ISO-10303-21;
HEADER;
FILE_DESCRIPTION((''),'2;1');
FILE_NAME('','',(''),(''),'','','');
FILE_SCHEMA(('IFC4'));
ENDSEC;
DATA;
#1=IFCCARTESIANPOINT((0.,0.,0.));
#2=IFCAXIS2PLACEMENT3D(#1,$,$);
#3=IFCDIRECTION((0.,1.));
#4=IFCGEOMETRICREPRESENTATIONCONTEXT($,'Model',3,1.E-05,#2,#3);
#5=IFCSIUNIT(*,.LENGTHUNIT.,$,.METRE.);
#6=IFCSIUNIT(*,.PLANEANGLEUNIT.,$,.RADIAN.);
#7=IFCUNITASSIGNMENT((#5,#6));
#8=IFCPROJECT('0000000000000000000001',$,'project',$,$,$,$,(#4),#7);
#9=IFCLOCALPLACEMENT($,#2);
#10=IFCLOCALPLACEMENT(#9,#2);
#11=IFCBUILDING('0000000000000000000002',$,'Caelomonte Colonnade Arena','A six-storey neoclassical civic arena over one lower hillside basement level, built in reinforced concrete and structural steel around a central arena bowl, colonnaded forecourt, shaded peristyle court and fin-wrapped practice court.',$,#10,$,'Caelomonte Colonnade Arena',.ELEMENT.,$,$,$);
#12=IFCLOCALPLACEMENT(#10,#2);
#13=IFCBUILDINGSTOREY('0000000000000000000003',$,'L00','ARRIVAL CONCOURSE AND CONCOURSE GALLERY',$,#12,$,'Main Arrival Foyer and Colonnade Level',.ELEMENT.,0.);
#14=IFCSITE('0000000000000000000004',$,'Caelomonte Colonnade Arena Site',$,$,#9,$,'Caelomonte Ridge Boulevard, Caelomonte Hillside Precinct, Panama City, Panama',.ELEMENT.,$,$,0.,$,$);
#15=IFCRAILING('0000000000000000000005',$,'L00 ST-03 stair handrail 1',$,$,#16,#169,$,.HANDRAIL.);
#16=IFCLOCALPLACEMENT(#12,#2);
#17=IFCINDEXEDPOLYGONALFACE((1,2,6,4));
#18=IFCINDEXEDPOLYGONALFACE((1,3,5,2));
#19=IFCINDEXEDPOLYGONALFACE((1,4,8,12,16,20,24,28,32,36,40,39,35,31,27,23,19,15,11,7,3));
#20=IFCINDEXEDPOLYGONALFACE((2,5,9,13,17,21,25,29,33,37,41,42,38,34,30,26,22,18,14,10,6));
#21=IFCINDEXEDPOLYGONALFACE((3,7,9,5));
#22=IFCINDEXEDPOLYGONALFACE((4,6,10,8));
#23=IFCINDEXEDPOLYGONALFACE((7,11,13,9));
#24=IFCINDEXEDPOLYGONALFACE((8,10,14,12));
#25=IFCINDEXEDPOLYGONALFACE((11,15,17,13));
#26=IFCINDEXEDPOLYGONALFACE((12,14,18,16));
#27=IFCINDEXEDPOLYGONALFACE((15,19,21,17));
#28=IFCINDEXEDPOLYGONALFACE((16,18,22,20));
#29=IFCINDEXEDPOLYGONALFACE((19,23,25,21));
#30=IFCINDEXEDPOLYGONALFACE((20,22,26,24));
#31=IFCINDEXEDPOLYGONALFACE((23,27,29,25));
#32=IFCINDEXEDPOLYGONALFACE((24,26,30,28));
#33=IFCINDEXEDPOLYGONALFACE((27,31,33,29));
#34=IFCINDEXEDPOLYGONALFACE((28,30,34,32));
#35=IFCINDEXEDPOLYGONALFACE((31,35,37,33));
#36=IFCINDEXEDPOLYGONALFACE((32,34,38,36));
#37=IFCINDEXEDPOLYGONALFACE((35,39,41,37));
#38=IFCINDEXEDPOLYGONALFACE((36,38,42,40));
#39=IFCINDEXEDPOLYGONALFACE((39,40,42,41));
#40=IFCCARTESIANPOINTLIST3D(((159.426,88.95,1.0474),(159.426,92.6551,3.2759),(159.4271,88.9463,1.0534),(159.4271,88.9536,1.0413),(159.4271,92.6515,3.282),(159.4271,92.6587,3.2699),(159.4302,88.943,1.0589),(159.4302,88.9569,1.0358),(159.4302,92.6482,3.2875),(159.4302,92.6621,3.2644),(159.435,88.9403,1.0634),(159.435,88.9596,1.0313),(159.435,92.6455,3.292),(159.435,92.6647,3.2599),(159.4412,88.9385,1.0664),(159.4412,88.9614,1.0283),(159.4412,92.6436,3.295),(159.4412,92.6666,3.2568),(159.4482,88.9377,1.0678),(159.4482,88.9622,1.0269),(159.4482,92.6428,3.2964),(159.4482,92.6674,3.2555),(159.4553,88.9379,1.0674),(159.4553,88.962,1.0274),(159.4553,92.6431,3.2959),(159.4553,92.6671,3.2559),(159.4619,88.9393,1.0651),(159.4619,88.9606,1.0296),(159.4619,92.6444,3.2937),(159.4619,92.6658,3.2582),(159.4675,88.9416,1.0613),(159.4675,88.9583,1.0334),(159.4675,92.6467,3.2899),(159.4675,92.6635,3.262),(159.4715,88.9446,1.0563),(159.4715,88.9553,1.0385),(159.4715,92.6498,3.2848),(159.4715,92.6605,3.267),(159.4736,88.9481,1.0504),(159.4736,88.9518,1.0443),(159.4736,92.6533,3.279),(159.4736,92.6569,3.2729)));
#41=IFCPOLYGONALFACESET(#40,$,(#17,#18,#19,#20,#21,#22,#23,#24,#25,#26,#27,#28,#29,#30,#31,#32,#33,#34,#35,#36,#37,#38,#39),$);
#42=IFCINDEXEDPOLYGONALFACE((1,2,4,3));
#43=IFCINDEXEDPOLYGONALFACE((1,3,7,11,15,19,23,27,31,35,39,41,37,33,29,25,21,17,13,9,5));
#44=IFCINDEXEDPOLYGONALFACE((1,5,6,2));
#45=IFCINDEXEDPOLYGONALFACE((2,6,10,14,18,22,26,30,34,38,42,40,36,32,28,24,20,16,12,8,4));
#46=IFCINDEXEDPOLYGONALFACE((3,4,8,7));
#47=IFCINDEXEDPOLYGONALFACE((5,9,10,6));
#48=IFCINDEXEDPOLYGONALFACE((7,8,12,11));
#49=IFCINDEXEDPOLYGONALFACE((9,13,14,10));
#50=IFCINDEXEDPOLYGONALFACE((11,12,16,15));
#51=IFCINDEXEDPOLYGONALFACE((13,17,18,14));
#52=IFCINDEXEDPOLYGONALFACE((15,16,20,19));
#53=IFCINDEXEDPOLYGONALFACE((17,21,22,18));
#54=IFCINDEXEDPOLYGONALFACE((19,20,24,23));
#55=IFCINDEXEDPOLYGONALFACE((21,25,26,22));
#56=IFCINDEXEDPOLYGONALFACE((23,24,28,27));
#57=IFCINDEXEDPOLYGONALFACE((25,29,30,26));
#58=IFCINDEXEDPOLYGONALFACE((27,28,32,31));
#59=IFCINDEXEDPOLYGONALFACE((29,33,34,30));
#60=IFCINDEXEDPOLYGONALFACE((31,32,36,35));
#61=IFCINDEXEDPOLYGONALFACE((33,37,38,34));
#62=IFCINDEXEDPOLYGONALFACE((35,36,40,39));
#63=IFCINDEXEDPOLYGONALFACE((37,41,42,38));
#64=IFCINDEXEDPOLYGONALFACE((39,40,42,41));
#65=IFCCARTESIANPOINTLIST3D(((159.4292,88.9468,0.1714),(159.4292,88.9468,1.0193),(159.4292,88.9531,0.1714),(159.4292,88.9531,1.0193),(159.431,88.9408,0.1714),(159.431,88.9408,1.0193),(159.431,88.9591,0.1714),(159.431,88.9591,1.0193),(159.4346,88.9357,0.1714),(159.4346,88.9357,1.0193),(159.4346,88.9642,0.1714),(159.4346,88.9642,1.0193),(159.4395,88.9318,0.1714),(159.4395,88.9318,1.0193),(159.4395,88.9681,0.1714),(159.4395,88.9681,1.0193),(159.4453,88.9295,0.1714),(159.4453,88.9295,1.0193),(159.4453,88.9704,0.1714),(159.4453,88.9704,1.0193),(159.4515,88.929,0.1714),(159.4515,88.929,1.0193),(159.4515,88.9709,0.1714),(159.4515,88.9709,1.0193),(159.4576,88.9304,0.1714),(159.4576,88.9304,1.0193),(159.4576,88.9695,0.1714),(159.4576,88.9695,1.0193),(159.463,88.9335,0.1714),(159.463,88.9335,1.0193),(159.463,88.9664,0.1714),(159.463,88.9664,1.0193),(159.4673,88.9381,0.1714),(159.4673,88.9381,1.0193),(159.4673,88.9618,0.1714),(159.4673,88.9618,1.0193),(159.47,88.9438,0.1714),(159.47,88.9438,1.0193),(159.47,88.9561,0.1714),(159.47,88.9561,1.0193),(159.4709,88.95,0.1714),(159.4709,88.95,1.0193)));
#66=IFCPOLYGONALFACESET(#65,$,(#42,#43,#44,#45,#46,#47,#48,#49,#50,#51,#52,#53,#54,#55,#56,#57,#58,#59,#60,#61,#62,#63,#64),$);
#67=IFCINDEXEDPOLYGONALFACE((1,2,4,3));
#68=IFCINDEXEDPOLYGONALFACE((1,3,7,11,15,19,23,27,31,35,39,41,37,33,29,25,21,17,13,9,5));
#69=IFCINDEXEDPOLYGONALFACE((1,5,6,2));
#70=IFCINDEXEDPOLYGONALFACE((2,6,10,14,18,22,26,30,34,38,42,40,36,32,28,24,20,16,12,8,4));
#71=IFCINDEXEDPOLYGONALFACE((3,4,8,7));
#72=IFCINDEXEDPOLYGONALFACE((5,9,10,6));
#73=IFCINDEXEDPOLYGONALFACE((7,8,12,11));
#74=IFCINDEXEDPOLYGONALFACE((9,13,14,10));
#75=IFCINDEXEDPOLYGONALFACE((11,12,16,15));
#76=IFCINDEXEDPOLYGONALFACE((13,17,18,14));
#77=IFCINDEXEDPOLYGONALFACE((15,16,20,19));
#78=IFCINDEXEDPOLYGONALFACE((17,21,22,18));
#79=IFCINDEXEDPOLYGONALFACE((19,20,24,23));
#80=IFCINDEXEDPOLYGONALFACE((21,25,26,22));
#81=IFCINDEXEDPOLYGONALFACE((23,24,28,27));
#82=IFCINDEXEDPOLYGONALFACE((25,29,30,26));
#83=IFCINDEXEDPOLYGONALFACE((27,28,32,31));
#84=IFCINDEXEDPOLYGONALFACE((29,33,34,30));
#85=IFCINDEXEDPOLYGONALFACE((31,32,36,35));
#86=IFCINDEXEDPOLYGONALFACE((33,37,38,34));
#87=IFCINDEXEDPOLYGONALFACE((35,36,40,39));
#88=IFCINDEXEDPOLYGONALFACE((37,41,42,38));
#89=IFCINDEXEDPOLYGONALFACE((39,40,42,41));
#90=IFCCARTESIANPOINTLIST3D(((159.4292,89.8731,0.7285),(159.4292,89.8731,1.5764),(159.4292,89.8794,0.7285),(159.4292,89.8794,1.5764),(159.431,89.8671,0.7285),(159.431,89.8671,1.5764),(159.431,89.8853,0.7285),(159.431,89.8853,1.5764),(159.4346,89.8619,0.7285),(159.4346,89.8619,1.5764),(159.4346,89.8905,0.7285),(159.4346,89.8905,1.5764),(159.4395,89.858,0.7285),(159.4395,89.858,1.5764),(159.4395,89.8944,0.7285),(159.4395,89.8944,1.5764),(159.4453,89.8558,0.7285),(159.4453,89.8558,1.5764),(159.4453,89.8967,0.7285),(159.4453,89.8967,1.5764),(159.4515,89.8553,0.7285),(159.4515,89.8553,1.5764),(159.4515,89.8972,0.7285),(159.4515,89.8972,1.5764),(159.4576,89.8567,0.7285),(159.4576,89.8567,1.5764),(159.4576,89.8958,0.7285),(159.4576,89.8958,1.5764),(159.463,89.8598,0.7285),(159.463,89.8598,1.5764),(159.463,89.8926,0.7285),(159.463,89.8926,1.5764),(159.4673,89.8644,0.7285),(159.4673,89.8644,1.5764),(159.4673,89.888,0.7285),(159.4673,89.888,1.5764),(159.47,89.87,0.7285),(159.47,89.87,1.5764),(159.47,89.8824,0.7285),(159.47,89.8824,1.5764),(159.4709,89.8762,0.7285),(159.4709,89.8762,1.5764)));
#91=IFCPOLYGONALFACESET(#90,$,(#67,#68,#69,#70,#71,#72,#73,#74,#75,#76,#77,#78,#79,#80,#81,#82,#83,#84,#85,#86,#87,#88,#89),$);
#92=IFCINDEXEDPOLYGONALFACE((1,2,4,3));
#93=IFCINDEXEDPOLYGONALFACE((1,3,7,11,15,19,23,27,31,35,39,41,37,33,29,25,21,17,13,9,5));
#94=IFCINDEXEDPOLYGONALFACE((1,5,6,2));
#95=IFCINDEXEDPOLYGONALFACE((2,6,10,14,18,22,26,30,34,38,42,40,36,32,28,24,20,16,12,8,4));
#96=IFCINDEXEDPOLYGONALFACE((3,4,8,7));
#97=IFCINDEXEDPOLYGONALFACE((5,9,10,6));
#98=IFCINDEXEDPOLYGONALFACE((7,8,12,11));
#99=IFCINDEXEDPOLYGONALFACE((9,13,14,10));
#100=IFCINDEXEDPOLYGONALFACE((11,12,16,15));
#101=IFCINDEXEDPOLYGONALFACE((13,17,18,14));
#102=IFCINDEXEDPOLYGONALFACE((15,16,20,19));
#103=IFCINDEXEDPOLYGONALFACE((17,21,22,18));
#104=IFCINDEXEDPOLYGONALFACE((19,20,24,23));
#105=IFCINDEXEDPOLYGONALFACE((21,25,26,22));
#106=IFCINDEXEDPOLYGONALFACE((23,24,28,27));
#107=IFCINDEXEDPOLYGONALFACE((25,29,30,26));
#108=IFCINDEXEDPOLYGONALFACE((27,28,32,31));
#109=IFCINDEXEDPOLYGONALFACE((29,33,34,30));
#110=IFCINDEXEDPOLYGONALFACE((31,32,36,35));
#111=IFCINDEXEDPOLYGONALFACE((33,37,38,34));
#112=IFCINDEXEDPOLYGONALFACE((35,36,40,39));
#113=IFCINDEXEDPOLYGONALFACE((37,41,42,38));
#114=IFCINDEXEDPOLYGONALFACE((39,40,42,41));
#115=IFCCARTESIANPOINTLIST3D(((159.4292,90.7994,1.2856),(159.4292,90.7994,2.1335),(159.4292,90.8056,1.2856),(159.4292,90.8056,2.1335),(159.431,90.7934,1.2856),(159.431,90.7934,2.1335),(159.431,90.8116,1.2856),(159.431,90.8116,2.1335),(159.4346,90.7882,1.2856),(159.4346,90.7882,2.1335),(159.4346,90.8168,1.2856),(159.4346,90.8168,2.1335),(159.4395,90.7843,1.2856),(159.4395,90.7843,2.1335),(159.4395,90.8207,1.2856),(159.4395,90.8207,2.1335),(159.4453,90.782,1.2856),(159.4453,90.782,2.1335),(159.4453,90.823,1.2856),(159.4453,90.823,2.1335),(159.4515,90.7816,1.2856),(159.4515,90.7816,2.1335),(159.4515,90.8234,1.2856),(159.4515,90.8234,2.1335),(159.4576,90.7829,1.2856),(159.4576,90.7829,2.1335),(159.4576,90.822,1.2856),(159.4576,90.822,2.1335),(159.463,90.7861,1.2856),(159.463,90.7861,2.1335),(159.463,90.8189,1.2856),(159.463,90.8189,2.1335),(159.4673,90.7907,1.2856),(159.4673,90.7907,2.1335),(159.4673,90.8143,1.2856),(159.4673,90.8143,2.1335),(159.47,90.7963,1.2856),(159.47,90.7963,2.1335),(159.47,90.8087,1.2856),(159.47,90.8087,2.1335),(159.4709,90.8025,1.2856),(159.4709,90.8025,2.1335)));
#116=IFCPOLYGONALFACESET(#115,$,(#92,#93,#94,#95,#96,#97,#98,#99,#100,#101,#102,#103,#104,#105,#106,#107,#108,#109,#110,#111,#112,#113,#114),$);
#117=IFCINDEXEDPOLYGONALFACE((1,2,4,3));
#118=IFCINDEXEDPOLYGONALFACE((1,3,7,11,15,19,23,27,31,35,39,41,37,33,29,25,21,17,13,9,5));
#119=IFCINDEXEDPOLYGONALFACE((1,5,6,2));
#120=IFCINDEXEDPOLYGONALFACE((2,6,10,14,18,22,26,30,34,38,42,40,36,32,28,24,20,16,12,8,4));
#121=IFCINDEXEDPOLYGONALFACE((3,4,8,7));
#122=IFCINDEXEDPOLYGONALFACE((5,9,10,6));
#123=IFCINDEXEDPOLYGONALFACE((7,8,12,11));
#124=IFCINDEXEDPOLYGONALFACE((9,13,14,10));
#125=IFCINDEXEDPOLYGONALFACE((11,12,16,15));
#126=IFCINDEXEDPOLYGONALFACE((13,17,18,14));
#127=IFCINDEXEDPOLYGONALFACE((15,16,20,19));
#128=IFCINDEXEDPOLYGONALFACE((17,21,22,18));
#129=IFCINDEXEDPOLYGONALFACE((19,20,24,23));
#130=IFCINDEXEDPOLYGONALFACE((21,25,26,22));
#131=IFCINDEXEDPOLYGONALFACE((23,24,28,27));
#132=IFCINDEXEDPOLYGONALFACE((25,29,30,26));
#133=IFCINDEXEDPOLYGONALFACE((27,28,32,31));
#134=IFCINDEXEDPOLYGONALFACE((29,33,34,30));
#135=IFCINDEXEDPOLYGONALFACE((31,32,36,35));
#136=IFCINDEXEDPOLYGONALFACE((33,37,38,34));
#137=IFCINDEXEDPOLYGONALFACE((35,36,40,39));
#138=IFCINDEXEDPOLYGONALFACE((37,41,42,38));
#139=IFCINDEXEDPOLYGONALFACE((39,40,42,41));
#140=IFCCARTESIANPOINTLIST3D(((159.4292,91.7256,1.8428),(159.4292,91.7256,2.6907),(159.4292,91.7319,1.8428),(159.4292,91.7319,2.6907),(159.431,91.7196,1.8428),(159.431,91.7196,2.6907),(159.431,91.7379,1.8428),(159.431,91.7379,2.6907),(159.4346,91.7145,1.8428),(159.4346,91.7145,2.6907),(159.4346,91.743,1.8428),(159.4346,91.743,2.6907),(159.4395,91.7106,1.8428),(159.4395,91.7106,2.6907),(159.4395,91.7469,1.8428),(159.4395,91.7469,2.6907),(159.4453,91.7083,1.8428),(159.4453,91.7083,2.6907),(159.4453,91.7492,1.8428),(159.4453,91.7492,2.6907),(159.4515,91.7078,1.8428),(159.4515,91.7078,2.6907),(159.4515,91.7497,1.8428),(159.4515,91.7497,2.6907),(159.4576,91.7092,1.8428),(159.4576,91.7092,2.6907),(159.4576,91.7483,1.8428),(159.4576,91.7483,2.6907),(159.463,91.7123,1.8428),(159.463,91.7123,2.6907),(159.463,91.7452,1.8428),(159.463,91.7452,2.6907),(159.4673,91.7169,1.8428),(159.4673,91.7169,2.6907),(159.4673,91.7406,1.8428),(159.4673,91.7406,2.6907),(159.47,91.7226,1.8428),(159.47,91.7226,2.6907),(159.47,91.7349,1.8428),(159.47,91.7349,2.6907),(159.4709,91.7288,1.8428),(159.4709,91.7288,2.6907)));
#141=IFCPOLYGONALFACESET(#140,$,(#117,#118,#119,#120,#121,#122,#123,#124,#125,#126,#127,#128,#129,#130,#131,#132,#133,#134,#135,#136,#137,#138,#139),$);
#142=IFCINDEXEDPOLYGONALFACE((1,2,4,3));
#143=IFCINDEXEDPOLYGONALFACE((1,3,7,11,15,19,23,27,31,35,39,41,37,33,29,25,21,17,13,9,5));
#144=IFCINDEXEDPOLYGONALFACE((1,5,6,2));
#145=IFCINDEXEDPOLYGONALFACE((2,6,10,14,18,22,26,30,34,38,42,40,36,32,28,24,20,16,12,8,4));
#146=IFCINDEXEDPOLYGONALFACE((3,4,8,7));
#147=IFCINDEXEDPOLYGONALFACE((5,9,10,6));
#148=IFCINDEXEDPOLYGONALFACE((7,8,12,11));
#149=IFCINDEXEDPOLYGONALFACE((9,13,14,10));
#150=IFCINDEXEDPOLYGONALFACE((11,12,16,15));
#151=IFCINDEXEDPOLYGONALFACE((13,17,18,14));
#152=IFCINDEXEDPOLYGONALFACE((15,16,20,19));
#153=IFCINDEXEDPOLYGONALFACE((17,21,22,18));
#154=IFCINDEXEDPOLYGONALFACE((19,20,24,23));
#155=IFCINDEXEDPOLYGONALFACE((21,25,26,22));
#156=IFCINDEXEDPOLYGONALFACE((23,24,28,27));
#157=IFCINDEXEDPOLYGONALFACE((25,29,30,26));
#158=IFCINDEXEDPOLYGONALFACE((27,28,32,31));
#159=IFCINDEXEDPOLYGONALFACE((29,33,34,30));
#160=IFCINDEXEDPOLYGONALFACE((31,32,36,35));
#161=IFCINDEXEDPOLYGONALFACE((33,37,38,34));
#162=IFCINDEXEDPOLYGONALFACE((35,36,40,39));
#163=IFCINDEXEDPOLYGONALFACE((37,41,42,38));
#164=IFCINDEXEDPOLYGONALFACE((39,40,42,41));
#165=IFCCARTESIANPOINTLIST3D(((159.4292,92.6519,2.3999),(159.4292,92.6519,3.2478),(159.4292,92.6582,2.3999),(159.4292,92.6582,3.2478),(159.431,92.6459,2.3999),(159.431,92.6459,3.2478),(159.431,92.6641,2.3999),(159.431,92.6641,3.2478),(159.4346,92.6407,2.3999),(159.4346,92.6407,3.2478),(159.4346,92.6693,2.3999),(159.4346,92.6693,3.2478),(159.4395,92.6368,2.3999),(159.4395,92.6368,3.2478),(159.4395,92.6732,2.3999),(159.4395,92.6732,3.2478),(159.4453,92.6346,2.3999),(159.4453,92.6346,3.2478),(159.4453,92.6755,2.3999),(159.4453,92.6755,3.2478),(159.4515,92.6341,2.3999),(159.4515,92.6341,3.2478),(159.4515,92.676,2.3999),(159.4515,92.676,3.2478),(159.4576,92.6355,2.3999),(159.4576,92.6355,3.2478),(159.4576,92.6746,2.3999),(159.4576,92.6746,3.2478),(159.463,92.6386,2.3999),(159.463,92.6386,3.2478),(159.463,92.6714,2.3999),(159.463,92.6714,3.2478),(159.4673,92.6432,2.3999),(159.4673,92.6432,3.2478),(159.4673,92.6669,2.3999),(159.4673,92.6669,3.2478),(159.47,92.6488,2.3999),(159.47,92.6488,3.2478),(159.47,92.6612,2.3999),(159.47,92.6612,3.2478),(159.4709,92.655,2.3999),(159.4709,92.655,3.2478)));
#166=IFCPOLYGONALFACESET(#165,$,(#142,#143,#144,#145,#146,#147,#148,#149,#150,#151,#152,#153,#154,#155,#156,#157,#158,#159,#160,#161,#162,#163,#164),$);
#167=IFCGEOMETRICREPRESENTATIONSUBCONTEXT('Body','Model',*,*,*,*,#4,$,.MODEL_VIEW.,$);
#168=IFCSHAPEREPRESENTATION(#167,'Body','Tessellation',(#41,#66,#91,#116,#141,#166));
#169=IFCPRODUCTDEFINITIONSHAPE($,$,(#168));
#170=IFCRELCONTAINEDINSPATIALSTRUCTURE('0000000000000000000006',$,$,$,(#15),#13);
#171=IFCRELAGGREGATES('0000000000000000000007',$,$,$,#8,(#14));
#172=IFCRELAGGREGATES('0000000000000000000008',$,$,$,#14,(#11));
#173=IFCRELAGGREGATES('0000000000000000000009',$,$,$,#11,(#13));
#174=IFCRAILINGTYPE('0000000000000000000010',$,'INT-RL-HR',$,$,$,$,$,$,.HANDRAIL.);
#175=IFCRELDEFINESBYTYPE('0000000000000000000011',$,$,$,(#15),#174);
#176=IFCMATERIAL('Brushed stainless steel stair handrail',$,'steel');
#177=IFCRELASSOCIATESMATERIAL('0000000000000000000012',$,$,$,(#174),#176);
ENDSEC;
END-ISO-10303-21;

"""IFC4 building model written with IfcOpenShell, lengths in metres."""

from ifc_helpers import new_model, si_unit, direction, frame, origin, origin_2d, place, context, subcontext, project, spatial, circle, extrude, material, type_object, element, save


model = new_model("IFC4")

# Units and contexts
model_context = context("Model", 3, precision=1e-05, world=origin(), true_north=direction((0.0, 1.0)))
body_context = subcontext(model_context, "Body", "Model", "MODEL_VIEW")
ifc_project = project(units=[si_unit("LENGTHUNIT", "METRE"), si_unit("PLANEANGLEUNIT", "RADIAN")], contexts=[model_context])

# Site, building, storey
site_placement = place(None, origin())
site = spatial("IfcSite", under=ifc_project, at=site_placement, Name="Caelomonte Colonnade Arena Site", LongName="Caelomonte Ridge Boulevard, Caelomonte Hillside Precinct, Panama City, Panama", CompositionType="ELEMENT", RefElevation=0.0)
building_placement = place(site_placement, origin())
building = spatial("IfcBuilding", under=site, at=building_placement, Name="Caelomonte Colonnade Arena", Description="A six-storey neoclassical civic arena over one lower hillside basement level, built in reinforced concrete and structural steel around a central arena bowl, colonnaded forecourt, shaded peristyle court and fin-wrapped practice court.", LongName="Caelomonte Colonnade Arena", CompositionType="ELEMENT")
storey_placement = place(building_placement, origin())
storey = spatial("IfcBuildingStorey", under=building, at=storey_placement, Name="L00", Description="ARRIVAL CONCOURSE AND CONCOURSE GALLERY", LongName="Main Arrival Foyer and Colonnade Level", CompositionType="ELEMENT", Elevation=0.0)

# Railing
ifc_material_1 = material(Name="Brushed stainless steel stair handrail", Category="steel")
railing_type_1 = type_object("IfcRailingType", Name="INT-RL-HR", PredefinedType="HANDRAIL", material=ifc_material_1)
railing_1_placement = place(storey_placement, frame((159.45, 88.95, 0.1714)))
element("IfcRailing", 1, at=railing_1_placement, inside=storey, type_object=railing_type_1, Name="L00 ST-03 stair handrail 1", PredefinedType="HANDRAIL", context=body_context, shape_type="SweptSolid", body=[
    extrude(circle(Radius=0.0239, at=origin_2d()), frame((0.0, 0.0, 0.876), z_axis=(0.0, 0.856934, 0.515425), x_axis=(-1.0, 0.0, 0.0)), (0.0, 0.0, 1.0), 4.3237),
    extrude(circle(Radius=0.021, at=origin_2d()), origin(), (0.0, 0.0, 1.0), 0.8479),
    extrude(circle(Radius=0.021, at=origin_2d()), frame((0.0, 0.9263, 0.5571)), (0.0, 0.0, 1.0), 0.8479),
    extrude(circle(Radius=0.021, at=origin_2d()), frame((0.0, 1.8525, 1.1143)), (0.0, 0.0, 1.0), 0.8479),
    extrude(circle(Radius=0.021, at=origin_2d()), frame((0.0, 2.7788, 1.6714)), (0.0, 0.0, 1.0), 0.8479),
    extrude(circle(Radius=0.021, at=origin_2d()), frame((0.0, 3.7051, 2.2285)), (0.0, 0.0, 1.0), 0.8479),
])

save(model, "model.ifc")
